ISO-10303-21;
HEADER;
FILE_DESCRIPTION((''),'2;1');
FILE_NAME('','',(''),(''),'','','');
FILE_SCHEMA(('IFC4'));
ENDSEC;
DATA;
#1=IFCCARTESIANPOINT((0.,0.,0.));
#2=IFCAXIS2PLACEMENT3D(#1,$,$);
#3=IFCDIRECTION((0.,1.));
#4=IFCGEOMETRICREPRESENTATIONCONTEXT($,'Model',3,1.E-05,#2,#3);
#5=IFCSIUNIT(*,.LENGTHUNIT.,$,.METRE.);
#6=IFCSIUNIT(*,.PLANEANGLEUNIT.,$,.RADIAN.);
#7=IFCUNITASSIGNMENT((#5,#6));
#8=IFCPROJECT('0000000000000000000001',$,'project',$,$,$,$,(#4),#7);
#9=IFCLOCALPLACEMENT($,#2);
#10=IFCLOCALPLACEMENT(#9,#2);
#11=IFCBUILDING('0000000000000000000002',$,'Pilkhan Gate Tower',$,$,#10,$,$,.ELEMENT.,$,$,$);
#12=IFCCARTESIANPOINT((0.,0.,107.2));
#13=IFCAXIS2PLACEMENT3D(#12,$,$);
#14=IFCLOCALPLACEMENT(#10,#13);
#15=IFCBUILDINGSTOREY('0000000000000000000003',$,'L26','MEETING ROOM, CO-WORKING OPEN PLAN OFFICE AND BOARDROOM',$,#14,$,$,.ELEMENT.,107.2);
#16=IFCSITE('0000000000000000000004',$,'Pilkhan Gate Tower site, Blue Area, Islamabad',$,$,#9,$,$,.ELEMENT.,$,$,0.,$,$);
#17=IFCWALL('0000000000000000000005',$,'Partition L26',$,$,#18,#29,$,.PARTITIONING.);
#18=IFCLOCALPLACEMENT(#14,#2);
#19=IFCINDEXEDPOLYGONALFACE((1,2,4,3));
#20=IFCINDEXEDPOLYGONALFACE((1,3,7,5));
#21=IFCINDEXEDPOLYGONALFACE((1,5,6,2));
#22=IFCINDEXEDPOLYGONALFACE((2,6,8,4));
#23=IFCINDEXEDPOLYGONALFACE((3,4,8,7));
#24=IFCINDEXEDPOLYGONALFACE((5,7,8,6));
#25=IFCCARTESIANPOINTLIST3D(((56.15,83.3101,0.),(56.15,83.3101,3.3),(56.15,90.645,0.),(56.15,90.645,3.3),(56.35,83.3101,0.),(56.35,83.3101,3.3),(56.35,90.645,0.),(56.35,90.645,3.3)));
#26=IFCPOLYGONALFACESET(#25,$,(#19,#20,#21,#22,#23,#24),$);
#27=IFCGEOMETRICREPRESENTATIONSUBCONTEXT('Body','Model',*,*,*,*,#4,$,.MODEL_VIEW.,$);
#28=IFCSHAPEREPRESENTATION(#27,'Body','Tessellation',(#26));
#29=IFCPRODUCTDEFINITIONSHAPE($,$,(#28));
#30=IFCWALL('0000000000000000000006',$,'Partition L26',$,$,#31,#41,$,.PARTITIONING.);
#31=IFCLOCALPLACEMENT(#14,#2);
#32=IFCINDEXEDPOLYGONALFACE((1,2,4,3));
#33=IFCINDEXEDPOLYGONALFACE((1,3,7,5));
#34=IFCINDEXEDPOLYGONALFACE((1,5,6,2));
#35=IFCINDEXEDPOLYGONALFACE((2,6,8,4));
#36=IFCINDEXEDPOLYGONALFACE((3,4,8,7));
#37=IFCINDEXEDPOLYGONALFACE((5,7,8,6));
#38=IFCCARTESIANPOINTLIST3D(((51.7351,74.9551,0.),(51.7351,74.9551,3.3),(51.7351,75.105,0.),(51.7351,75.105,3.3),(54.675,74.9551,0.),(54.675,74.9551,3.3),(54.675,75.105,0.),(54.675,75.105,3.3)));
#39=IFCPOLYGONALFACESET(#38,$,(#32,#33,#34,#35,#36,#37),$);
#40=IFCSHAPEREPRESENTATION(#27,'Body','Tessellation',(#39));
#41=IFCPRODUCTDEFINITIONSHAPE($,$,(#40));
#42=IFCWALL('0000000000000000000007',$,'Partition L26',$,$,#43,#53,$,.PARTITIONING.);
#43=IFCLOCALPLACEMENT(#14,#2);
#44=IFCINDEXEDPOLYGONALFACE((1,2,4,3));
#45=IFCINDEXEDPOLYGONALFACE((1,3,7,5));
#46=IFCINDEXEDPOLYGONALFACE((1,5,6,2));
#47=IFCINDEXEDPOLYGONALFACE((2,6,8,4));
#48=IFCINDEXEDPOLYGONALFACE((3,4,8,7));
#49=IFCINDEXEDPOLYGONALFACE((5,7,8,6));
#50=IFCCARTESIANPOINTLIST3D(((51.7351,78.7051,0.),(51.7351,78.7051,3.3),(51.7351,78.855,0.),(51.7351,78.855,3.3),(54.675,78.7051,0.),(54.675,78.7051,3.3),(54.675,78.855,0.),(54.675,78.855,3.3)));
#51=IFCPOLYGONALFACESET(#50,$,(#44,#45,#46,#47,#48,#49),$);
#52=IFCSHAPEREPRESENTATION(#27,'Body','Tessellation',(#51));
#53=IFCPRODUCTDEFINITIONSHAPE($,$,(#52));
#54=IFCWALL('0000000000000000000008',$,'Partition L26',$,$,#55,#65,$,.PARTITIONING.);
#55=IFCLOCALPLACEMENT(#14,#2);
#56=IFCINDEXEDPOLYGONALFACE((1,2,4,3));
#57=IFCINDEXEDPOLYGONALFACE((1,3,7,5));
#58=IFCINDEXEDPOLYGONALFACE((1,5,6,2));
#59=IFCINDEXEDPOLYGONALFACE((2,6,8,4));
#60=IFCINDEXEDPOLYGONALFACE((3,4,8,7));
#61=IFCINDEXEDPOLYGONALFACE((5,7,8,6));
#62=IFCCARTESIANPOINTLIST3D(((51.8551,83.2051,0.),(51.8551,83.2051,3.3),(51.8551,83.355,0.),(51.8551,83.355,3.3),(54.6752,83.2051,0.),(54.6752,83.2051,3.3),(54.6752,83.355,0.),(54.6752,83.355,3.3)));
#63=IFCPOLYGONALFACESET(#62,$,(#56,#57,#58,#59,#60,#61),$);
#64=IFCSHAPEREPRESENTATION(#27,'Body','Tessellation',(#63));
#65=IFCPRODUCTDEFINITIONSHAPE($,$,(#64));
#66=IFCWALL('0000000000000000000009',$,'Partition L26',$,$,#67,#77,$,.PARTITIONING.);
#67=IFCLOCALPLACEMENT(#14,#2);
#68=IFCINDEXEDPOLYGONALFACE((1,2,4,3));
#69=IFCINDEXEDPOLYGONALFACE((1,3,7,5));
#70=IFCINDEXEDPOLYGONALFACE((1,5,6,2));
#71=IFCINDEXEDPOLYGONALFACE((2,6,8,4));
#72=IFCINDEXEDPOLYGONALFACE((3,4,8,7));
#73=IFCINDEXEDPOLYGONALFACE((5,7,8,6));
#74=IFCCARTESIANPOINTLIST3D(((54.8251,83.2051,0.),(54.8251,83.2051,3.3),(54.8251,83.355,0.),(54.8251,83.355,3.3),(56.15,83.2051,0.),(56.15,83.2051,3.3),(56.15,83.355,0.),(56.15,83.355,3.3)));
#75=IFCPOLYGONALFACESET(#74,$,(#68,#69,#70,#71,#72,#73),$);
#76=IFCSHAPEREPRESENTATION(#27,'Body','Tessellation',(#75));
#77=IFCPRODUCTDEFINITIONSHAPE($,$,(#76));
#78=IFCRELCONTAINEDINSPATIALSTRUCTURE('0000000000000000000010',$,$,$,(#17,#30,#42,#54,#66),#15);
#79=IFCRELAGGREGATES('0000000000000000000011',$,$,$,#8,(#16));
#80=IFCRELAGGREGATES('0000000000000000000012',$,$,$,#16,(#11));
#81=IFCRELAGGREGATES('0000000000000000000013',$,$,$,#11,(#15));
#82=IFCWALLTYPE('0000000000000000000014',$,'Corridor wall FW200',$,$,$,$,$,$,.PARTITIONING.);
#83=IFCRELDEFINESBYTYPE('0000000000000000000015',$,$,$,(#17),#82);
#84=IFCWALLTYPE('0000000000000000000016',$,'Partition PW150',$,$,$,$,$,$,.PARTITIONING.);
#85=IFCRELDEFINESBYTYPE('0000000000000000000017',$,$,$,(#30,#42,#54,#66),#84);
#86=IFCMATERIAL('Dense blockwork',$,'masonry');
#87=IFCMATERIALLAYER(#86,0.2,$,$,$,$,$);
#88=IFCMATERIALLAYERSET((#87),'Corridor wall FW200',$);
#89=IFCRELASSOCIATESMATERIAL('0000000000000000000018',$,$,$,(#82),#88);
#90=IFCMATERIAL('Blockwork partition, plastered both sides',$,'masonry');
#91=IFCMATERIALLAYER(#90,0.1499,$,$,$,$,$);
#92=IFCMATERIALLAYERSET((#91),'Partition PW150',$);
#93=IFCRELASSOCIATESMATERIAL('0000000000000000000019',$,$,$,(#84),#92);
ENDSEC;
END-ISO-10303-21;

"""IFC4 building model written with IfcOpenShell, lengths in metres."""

from ifc_helpers import new_model, si_unit, direction, frame, frame_2d, origin, place, context, subcontext, project, spatial, rectangle, extrude, material, layer, layer_set, type_object, element, save


model = new_model("IFC4")

# Units and contexts
model_context = context("Model", 3, precision=1e-05, world=origin(), true_north=direction((0.0, 1.0)))
body_context = subcontext(model_context, "Body", "Model", "MODEL_VIEW")
ifc_project = project(units=[si_unit("LENGTHUNIT", "METRE"), si_unit("PLANEANGLEUNIT", "RADIAN")], contexts=[model_context])

# Site, building, storey
site_placement = place(None, origin())
site = spatial("IfcSite", under=ifc_project, at=site_placement, Name="Pilkhan Gate Tower site, Blue Area, Islamabad", CompositionType="ELEMENT", RefElevation=0.0)
building_placement = place(site_placement, origin())
building = spatial("IfcBuilding", under=site, at=building_placement, Name="Pilkhan Gate Tower", CompositionType="ELEMENT")
storey_placement = place(building_placement, frame((0.0, 0.0, 107.2)))
storey = spatial("IfcBuildingStorey", under=building, at=storey_placement, Name="L26", Description="MEETING ROOM, CO-WORKING OPEN PLAN OFFICE AND BOARDROOM", CompositionType="ELEMENT", Elevation=107.2)

# Walls
ifc_material_1 = material(Name="Dense blockwork", Category="masonry")
ifc_layer_1 = layer(ifc_material_1, 0.2)
ifc_layer_set_1 = layer_set([ifc_layer_1], Name="Corridor wall FW200")
wall_type_1 = type_object("IfcWallType", Name="Corridor wall FW200", PredefinedType="PARTITIONING", material=ifc_layer_set_1)
wall_1_placement = place(storey_placement, frame((56.25, 83.3101, 0.0), z_axis=(0.0, 0.0, 1.0), x_axis=(0.0, 1.0, 0.0)))
element("IfcWall", 1, at=wall_1_placement, inside=storey, type_object=wall_type_1, Name="Partition L26", PredefinedType="PARTITIONING", context=body_context, shape_type="SweptSolid", body=[
    extrude(rectangle(XDim=7.335, YDim=0.2, at=frame_2d((3.6675, 0.0))), origin(), (0.0, 0.0, 1.0), 3.3),
])
ifc_material_2 = material(Name="Blockwork partition, plastered both sides", Category="masonry")
ifc_layer_2 = layer(ifc_material_2, 0.1499)
ifc_layer_set_2 = layer_set([ifc_layer_2], Name="Partition PW150")
wall_type_2 = type_object("IfcWallType", Name="Partition PW150", PredefinedType="PARTITIONING", material=ifc_layer_set_2)
for number, where, z_axis, x_axis, name in (
    (2, (51.7351, 75.03, 0.0), (0.0, 0.0, 1.0), (1.0, 0.0, 0.0), "Partition L26"),
    (3, (51.7351, 78.78, 0.0), (0.0, 0.0, 1.0), (1.0, 0.0, 0.0), "Partition L26"),
):
    element("IfcWall", number, at=place(storey_placement, frame(where, z_axis=z_axis, x_axis=x_axis)), inside=storey, type_object=wall_type_2, Name=name, PredefinedType="PARTITIONING", context=body_context, shape_type="SweptSolid", body=[
        extrude(rectangle(XDim=2.9399, YDim=0.1499, at=frame_2d((1.47, 0.0))), origin(), (0.0, 0.0, 1.0), 3.3),
    ])
wall_2_placement = place(storey_placement, frame((51.855, 83.28, 0.0), z_axis=(0.0, 0.0, 1.0), x_axis=(1.0, 0.0, 0.0)))
element("IfcWall", 4, at=wall_2_placement, inside=storey, type_object=wall_type_2, Name="Partition L26", PredefinedType="PARTITIONING", context=body_context, shape_type="SweptSolid", body=[
    extrude(rectangle(XDim=2.8201, YDim=0.1499, at=frame_2d((1.4102, 0.0))), origin(), (0.0, 0.0, 1.0), 3.3),
])
wall_3_placement = place(storey_placement, frame((54.825, 83.28, 0.0), z_axis=(0.0, 0.0, 1.0), x_axis=(1.0, 0.0, 0.0)))
element("IfcWall", 5, at=wall_3_placement, inside=storey, type_object=wall_type_2, Name="Partition L26", PredefinedType="PARTITIONING", context=body_context, shape_type="SweptSolid", body=[
    extrude(rectangle(XDim=1.325, YDim=0.1499, at=frame_2d((0.6626, 0.0))), origin(), (0.0, 0.0, 1.0), 3.3),
])

save(model, "model.ifc")
